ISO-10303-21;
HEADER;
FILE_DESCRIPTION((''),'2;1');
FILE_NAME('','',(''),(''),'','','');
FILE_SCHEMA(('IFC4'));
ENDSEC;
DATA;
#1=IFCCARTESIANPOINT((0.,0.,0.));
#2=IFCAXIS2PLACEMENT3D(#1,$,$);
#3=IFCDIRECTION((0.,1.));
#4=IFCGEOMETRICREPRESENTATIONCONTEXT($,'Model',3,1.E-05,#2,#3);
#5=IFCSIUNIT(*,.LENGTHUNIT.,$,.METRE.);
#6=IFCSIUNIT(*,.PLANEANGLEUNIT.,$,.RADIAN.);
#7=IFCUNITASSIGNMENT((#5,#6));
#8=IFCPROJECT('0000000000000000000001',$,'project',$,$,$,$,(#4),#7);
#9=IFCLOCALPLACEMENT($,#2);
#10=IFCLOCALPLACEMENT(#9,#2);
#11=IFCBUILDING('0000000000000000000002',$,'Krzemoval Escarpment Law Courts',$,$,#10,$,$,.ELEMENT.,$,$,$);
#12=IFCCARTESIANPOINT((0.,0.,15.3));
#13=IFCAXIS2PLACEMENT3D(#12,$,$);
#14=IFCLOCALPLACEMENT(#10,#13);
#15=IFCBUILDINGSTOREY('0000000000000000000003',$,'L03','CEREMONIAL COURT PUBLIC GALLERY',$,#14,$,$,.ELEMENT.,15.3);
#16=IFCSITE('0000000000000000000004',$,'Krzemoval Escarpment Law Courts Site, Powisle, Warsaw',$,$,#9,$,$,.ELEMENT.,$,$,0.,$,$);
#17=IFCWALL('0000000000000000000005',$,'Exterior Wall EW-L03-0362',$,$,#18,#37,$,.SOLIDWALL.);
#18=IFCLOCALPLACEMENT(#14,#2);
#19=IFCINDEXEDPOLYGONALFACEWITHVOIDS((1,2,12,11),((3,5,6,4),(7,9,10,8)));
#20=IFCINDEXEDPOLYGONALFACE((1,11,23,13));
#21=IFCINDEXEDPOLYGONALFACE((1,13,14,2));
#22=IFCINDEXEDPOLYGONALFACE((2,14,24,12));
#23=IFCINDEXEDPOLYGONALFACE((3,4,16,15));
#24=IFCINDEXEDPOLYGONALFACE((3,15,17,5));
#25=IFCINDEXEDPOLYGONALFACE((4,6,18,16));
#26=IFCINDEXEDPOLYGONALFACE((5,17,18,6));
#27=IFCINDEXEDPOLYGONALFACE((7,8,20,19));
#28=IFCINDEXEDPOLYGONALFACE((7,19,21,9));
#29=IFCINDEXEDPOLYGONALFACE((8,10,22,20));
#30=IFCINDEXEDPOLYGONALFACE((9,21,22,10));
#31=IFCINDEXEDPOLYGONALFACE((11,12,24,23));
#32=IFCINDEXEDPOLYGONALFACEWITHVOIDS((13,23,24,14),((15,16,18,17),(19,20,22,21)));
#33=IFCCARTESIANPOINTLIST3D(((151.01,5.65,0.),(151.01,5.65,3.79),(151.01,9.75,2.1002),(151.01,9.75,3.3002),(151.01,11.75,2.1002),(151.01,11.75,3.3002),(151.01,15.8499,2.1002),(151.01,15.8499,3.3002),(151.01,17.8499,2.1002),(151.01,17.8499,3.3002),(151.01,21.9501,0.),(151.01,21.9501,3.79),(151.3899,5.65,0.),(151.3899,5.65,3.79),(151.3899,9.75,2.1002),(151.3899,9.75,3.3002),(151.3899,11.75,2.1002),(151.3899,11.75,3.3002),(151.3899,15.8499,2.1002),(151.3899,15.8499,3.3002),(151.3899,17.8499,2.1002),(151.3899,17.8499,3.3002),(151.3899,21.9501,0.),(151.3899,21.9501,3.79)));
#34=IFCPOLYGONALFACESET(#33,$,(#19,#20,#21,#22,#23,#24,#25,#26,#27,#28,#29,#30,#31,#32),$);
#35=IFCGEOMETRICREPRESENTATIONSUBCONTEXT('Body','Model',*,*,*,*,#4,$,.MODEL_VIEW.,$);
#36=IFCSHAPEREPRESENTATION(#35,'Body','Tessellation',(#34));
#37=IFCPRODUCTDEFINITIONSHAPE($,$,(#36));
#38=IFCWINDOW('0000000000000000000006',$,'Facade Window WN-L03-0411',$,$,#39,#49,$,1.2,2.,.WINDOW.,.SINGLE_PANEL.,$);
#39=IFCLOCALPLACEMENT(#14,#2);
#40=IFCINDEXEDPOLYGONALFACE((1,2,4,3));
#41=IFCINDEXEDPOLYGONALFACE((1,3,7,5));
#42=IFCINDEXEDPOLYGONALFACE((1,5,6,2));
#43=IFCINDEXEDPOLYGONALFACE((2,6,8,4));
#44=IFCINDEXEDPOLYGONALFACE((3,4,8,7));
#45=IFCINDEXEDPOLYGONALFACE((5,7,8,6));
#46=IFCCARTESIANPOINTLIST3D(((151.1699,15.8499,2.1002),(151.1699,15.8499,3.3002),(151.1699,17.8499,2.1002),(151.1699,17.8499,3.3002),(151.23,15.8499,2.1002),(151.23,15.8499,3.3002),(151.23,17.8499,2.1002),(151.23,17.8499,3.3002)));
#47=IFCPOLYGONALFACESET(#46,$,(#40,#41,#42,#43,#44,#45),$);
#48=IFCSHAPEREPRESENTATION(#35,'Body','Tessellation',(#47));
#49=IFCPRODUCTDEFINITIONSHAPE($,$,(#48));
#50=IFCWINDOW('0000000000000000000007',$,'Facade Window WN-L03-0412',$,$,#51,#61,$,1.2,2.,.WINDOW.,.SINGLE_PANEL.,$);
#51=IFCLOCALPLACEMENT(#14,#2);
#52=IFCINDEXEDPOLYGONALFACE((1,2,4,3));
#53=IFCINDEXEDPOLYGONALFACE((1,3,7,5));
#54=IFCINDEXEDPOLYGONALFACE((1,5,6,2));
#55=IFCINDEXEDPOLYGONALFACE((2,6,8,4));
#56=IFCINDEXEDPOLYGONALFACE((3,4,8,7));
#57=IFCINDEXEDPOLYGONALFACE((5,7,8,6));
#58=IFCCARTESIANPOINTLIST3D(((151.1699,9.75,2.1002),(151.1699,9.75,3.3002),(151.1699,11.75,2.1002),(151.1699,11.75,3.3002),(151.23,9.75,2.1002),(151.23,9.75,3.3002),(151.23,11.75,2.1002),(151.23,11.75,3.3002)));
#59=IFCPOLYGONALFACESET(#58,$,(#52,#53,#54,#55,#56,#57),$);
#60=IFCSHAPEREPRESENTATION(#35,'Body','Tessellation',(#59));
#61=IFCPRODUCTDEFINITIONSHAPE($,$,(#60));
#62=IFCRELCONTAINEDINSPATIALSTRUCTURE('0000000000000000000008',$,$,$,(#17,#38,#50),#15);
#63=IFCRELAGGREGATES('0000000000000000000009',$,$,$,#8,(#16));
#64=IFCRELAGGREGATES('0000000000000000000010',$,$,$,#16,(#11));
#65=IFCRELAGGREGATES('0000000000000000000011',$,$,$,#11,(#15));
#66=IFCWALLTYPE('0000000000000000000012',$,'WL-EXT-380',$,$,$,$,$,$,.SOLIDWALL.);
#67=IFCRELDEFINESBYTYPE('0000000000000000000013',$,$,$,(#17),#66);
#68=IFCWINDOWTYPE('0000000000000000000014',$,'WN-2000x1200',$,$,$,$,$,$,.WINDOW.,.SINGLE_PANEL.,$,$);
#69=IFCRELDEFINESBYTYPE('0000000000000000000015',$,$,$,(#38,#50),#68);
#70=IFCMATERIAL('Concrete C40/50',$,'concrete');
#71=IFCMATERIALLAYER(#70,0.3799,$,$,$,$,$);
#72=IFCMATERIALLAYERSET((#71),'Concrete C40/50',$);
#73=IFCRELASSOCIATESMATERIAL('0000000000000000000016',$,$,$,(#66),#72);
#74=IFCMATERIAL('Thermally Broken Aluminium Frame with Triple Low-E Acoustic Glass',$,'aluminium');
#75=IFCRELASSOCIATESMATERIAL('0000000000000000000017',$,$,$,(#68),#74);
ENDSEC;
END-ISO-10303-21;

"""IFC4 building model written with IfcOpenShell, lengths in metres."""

from ifc_helpers import new_model, si_unit, direction, frame, frame_2d, origin, place, context, subcontext, project, spatial, rectangle, extrude, material, layer, layer_set, type_object, element, fill, save


model = new_model("IFC4")

# Units and contexts
model_context = context("Model", 3, precision=1e-05, world=origin(), true_north=direction((0.0, 1.0)))
body_context = subcontext(model_context, "Body", "Model", "MODEL_VIEW")
ifc_project = project(units=[si_unit("LENGTHUNIT", "METRE"), si_unit("PLANEANGLEUNIT", "RADIAN")], contexts=[model_context])

# Site, building, storey
site_placement = place(None, origin())
site = spatial("IfcSite", under=ifc_project, at=site_placement, Name="Krzemoval Escarpment Law Courts Site, Powisle, Warsaw", CompositionType="ELEMENT", RefElevation=0.0)
building_placement = place(site_placement, origin())
building = spatial("IfcBuilding", under=site, at=building_placement, Name="Krzemoval Escarpment Law Courts", CompositionType="ELEMENT")
storey_placement = place(building_placement, frame((0.0, 0.0, 15.3)))
storey = spatial("IfcBuildingStorey", under=building, at=storey_placement, Name="L03", Description="CEREMONIAL COURT PUBLIC GALLERY", CompositionType="ELEMENT", Elevation=15.3)

# Wall, openings, windows
ifc_material_1 = material(Name="Concrete C40/50", Category="concrete")
ifc_layer = layer(ifc_material_1, 0.3799)
ifc_layer_set = layer_set([ifc_layer], Name="Concrete C40/50")
wall_type = type_object("IfcWallType", Name="WL-EXT-380", PredefinedType="SOLIDWALL", material=ifc_layer_set)
wall_placement = place(storey_placement, frame((151.2, 21.95, 0.0), z_axis=(0.0, 0.0, 1.0), x_axis=(0.0, -1.0, 0.0)))
wall = element("IfcWall", 1, at=wall_placement, inside=storey, type_object=wall_type, Name="Exterior Wall EW-L03-0362", PredefinedType="SOLIDWALL", context=body_context, shape_type="SweptSolid", body=[
    extrude(rectangle(XDim=16.3, YDim=0.3799, at=frame_2d((8.1499, 0.0))), origin(), (0.0, 0.0, 1.0), 3.79),
])
opening_1_placement = place(wall_placement, frame((4.1001, 0.0, 2.1001)))
opening_1 = element("IfcOpeningElement", 2, at=opening_1_placement, cuts=wall, PredefinedType="OPENING", context=body_context, shape_type="SweptSolid", body=[
    extrude(rectangle(XDim=2.0, YDim=1.2, at=frame_2d((1.0, 0.6001))), frame((0.0, 0.2049, 0.0), z_axis=(0.0, -1.0, 0.0), x_axis=(1.0, 0.0, 0.0)), (0.0, 0.0, 1.0), 0.4099),
])
opening_2_placement = place(wall_placement, frame((10.2, 0.0, 2.1001)))
opening_2 = element("IfcOpeningElement", 3, at=opening_2_placement, cuts=wall, PredefinedType="OPENING", context=body_context, shape_type="SweptSolid", body=[
    extrude(rectangle(XDim=2.0, YDim=1.2, at=frame_2d((1.0, 0.6001))), frame((0.0, 0.2049, 0.0), z_axis=(0.0, -1.0, 0.0), x_axis=(1.0, 0.0, 0.0)), (0.0, 0.0, 1.0), 0.4099),
])
ifc_material_2 = material(Name="Thermally Broken Aluminium Frame with Triple Low-E Acoustic Glass", Category="aluminium")
window_type = type_object("IfcWindowType", Name="WN-2000x1200", PartitioningType="SINGLE_PANEL", PredefinedType="WINDOW", material=ifc_material_2)
window_1_placement = place(opening_1_placement, origin())
window_1 = element("IfcWindow", 4, at=window_1_placement, inside=storey, type_object=window_type, Name="Facade Window WN-L03-0411", OverallHeight=1.2, OverallWidth=2.0, PartitioningType="SINGLE_PANEL", PredefinedType="WINDOW", context=body_context, shape_type="SweptSolid", body=[
    extrude(rectangle(XDim=2.0, YDim=1.2, at=frame_2d((1.0, 0.6001))), frame((0.0, 0.03, 0.0), z_axis=(0.0, -1.0, 0.0), x_axis=(1.0, 0.0, 0.0)), (0.0, 0.0, 1.0), 0.0601),
])
fill(opening_1, window_1)
window_2_placement = place(opening_2_placement, origin())
window_2 = element("IfcWindow", 5, at=window_2_placement, inside=storey, type_object=window_type, Name="Facade Window WN-L03-0412", OverallHeight=1.2, OverallWidth=2.0, PartitioningType="SINGLE_PANEL", PredefinedType="WINDOW", context=body_context, shape_type="SweptSolid", body=[
    extrude(rectangle(XDim=2.0, YDim=1.2, at=frame_2d((1.0, 0.6001))), frame((0.0, 0.03, 0.0), z_axis=(0.0, -1.0, 0.0), x_axis=(1.0, 0.0, 0.0)), (0.0, 0.0, 1.0), 0.0601),
])
fill(opening_2, window_2)

save(model, "model.ifc")
